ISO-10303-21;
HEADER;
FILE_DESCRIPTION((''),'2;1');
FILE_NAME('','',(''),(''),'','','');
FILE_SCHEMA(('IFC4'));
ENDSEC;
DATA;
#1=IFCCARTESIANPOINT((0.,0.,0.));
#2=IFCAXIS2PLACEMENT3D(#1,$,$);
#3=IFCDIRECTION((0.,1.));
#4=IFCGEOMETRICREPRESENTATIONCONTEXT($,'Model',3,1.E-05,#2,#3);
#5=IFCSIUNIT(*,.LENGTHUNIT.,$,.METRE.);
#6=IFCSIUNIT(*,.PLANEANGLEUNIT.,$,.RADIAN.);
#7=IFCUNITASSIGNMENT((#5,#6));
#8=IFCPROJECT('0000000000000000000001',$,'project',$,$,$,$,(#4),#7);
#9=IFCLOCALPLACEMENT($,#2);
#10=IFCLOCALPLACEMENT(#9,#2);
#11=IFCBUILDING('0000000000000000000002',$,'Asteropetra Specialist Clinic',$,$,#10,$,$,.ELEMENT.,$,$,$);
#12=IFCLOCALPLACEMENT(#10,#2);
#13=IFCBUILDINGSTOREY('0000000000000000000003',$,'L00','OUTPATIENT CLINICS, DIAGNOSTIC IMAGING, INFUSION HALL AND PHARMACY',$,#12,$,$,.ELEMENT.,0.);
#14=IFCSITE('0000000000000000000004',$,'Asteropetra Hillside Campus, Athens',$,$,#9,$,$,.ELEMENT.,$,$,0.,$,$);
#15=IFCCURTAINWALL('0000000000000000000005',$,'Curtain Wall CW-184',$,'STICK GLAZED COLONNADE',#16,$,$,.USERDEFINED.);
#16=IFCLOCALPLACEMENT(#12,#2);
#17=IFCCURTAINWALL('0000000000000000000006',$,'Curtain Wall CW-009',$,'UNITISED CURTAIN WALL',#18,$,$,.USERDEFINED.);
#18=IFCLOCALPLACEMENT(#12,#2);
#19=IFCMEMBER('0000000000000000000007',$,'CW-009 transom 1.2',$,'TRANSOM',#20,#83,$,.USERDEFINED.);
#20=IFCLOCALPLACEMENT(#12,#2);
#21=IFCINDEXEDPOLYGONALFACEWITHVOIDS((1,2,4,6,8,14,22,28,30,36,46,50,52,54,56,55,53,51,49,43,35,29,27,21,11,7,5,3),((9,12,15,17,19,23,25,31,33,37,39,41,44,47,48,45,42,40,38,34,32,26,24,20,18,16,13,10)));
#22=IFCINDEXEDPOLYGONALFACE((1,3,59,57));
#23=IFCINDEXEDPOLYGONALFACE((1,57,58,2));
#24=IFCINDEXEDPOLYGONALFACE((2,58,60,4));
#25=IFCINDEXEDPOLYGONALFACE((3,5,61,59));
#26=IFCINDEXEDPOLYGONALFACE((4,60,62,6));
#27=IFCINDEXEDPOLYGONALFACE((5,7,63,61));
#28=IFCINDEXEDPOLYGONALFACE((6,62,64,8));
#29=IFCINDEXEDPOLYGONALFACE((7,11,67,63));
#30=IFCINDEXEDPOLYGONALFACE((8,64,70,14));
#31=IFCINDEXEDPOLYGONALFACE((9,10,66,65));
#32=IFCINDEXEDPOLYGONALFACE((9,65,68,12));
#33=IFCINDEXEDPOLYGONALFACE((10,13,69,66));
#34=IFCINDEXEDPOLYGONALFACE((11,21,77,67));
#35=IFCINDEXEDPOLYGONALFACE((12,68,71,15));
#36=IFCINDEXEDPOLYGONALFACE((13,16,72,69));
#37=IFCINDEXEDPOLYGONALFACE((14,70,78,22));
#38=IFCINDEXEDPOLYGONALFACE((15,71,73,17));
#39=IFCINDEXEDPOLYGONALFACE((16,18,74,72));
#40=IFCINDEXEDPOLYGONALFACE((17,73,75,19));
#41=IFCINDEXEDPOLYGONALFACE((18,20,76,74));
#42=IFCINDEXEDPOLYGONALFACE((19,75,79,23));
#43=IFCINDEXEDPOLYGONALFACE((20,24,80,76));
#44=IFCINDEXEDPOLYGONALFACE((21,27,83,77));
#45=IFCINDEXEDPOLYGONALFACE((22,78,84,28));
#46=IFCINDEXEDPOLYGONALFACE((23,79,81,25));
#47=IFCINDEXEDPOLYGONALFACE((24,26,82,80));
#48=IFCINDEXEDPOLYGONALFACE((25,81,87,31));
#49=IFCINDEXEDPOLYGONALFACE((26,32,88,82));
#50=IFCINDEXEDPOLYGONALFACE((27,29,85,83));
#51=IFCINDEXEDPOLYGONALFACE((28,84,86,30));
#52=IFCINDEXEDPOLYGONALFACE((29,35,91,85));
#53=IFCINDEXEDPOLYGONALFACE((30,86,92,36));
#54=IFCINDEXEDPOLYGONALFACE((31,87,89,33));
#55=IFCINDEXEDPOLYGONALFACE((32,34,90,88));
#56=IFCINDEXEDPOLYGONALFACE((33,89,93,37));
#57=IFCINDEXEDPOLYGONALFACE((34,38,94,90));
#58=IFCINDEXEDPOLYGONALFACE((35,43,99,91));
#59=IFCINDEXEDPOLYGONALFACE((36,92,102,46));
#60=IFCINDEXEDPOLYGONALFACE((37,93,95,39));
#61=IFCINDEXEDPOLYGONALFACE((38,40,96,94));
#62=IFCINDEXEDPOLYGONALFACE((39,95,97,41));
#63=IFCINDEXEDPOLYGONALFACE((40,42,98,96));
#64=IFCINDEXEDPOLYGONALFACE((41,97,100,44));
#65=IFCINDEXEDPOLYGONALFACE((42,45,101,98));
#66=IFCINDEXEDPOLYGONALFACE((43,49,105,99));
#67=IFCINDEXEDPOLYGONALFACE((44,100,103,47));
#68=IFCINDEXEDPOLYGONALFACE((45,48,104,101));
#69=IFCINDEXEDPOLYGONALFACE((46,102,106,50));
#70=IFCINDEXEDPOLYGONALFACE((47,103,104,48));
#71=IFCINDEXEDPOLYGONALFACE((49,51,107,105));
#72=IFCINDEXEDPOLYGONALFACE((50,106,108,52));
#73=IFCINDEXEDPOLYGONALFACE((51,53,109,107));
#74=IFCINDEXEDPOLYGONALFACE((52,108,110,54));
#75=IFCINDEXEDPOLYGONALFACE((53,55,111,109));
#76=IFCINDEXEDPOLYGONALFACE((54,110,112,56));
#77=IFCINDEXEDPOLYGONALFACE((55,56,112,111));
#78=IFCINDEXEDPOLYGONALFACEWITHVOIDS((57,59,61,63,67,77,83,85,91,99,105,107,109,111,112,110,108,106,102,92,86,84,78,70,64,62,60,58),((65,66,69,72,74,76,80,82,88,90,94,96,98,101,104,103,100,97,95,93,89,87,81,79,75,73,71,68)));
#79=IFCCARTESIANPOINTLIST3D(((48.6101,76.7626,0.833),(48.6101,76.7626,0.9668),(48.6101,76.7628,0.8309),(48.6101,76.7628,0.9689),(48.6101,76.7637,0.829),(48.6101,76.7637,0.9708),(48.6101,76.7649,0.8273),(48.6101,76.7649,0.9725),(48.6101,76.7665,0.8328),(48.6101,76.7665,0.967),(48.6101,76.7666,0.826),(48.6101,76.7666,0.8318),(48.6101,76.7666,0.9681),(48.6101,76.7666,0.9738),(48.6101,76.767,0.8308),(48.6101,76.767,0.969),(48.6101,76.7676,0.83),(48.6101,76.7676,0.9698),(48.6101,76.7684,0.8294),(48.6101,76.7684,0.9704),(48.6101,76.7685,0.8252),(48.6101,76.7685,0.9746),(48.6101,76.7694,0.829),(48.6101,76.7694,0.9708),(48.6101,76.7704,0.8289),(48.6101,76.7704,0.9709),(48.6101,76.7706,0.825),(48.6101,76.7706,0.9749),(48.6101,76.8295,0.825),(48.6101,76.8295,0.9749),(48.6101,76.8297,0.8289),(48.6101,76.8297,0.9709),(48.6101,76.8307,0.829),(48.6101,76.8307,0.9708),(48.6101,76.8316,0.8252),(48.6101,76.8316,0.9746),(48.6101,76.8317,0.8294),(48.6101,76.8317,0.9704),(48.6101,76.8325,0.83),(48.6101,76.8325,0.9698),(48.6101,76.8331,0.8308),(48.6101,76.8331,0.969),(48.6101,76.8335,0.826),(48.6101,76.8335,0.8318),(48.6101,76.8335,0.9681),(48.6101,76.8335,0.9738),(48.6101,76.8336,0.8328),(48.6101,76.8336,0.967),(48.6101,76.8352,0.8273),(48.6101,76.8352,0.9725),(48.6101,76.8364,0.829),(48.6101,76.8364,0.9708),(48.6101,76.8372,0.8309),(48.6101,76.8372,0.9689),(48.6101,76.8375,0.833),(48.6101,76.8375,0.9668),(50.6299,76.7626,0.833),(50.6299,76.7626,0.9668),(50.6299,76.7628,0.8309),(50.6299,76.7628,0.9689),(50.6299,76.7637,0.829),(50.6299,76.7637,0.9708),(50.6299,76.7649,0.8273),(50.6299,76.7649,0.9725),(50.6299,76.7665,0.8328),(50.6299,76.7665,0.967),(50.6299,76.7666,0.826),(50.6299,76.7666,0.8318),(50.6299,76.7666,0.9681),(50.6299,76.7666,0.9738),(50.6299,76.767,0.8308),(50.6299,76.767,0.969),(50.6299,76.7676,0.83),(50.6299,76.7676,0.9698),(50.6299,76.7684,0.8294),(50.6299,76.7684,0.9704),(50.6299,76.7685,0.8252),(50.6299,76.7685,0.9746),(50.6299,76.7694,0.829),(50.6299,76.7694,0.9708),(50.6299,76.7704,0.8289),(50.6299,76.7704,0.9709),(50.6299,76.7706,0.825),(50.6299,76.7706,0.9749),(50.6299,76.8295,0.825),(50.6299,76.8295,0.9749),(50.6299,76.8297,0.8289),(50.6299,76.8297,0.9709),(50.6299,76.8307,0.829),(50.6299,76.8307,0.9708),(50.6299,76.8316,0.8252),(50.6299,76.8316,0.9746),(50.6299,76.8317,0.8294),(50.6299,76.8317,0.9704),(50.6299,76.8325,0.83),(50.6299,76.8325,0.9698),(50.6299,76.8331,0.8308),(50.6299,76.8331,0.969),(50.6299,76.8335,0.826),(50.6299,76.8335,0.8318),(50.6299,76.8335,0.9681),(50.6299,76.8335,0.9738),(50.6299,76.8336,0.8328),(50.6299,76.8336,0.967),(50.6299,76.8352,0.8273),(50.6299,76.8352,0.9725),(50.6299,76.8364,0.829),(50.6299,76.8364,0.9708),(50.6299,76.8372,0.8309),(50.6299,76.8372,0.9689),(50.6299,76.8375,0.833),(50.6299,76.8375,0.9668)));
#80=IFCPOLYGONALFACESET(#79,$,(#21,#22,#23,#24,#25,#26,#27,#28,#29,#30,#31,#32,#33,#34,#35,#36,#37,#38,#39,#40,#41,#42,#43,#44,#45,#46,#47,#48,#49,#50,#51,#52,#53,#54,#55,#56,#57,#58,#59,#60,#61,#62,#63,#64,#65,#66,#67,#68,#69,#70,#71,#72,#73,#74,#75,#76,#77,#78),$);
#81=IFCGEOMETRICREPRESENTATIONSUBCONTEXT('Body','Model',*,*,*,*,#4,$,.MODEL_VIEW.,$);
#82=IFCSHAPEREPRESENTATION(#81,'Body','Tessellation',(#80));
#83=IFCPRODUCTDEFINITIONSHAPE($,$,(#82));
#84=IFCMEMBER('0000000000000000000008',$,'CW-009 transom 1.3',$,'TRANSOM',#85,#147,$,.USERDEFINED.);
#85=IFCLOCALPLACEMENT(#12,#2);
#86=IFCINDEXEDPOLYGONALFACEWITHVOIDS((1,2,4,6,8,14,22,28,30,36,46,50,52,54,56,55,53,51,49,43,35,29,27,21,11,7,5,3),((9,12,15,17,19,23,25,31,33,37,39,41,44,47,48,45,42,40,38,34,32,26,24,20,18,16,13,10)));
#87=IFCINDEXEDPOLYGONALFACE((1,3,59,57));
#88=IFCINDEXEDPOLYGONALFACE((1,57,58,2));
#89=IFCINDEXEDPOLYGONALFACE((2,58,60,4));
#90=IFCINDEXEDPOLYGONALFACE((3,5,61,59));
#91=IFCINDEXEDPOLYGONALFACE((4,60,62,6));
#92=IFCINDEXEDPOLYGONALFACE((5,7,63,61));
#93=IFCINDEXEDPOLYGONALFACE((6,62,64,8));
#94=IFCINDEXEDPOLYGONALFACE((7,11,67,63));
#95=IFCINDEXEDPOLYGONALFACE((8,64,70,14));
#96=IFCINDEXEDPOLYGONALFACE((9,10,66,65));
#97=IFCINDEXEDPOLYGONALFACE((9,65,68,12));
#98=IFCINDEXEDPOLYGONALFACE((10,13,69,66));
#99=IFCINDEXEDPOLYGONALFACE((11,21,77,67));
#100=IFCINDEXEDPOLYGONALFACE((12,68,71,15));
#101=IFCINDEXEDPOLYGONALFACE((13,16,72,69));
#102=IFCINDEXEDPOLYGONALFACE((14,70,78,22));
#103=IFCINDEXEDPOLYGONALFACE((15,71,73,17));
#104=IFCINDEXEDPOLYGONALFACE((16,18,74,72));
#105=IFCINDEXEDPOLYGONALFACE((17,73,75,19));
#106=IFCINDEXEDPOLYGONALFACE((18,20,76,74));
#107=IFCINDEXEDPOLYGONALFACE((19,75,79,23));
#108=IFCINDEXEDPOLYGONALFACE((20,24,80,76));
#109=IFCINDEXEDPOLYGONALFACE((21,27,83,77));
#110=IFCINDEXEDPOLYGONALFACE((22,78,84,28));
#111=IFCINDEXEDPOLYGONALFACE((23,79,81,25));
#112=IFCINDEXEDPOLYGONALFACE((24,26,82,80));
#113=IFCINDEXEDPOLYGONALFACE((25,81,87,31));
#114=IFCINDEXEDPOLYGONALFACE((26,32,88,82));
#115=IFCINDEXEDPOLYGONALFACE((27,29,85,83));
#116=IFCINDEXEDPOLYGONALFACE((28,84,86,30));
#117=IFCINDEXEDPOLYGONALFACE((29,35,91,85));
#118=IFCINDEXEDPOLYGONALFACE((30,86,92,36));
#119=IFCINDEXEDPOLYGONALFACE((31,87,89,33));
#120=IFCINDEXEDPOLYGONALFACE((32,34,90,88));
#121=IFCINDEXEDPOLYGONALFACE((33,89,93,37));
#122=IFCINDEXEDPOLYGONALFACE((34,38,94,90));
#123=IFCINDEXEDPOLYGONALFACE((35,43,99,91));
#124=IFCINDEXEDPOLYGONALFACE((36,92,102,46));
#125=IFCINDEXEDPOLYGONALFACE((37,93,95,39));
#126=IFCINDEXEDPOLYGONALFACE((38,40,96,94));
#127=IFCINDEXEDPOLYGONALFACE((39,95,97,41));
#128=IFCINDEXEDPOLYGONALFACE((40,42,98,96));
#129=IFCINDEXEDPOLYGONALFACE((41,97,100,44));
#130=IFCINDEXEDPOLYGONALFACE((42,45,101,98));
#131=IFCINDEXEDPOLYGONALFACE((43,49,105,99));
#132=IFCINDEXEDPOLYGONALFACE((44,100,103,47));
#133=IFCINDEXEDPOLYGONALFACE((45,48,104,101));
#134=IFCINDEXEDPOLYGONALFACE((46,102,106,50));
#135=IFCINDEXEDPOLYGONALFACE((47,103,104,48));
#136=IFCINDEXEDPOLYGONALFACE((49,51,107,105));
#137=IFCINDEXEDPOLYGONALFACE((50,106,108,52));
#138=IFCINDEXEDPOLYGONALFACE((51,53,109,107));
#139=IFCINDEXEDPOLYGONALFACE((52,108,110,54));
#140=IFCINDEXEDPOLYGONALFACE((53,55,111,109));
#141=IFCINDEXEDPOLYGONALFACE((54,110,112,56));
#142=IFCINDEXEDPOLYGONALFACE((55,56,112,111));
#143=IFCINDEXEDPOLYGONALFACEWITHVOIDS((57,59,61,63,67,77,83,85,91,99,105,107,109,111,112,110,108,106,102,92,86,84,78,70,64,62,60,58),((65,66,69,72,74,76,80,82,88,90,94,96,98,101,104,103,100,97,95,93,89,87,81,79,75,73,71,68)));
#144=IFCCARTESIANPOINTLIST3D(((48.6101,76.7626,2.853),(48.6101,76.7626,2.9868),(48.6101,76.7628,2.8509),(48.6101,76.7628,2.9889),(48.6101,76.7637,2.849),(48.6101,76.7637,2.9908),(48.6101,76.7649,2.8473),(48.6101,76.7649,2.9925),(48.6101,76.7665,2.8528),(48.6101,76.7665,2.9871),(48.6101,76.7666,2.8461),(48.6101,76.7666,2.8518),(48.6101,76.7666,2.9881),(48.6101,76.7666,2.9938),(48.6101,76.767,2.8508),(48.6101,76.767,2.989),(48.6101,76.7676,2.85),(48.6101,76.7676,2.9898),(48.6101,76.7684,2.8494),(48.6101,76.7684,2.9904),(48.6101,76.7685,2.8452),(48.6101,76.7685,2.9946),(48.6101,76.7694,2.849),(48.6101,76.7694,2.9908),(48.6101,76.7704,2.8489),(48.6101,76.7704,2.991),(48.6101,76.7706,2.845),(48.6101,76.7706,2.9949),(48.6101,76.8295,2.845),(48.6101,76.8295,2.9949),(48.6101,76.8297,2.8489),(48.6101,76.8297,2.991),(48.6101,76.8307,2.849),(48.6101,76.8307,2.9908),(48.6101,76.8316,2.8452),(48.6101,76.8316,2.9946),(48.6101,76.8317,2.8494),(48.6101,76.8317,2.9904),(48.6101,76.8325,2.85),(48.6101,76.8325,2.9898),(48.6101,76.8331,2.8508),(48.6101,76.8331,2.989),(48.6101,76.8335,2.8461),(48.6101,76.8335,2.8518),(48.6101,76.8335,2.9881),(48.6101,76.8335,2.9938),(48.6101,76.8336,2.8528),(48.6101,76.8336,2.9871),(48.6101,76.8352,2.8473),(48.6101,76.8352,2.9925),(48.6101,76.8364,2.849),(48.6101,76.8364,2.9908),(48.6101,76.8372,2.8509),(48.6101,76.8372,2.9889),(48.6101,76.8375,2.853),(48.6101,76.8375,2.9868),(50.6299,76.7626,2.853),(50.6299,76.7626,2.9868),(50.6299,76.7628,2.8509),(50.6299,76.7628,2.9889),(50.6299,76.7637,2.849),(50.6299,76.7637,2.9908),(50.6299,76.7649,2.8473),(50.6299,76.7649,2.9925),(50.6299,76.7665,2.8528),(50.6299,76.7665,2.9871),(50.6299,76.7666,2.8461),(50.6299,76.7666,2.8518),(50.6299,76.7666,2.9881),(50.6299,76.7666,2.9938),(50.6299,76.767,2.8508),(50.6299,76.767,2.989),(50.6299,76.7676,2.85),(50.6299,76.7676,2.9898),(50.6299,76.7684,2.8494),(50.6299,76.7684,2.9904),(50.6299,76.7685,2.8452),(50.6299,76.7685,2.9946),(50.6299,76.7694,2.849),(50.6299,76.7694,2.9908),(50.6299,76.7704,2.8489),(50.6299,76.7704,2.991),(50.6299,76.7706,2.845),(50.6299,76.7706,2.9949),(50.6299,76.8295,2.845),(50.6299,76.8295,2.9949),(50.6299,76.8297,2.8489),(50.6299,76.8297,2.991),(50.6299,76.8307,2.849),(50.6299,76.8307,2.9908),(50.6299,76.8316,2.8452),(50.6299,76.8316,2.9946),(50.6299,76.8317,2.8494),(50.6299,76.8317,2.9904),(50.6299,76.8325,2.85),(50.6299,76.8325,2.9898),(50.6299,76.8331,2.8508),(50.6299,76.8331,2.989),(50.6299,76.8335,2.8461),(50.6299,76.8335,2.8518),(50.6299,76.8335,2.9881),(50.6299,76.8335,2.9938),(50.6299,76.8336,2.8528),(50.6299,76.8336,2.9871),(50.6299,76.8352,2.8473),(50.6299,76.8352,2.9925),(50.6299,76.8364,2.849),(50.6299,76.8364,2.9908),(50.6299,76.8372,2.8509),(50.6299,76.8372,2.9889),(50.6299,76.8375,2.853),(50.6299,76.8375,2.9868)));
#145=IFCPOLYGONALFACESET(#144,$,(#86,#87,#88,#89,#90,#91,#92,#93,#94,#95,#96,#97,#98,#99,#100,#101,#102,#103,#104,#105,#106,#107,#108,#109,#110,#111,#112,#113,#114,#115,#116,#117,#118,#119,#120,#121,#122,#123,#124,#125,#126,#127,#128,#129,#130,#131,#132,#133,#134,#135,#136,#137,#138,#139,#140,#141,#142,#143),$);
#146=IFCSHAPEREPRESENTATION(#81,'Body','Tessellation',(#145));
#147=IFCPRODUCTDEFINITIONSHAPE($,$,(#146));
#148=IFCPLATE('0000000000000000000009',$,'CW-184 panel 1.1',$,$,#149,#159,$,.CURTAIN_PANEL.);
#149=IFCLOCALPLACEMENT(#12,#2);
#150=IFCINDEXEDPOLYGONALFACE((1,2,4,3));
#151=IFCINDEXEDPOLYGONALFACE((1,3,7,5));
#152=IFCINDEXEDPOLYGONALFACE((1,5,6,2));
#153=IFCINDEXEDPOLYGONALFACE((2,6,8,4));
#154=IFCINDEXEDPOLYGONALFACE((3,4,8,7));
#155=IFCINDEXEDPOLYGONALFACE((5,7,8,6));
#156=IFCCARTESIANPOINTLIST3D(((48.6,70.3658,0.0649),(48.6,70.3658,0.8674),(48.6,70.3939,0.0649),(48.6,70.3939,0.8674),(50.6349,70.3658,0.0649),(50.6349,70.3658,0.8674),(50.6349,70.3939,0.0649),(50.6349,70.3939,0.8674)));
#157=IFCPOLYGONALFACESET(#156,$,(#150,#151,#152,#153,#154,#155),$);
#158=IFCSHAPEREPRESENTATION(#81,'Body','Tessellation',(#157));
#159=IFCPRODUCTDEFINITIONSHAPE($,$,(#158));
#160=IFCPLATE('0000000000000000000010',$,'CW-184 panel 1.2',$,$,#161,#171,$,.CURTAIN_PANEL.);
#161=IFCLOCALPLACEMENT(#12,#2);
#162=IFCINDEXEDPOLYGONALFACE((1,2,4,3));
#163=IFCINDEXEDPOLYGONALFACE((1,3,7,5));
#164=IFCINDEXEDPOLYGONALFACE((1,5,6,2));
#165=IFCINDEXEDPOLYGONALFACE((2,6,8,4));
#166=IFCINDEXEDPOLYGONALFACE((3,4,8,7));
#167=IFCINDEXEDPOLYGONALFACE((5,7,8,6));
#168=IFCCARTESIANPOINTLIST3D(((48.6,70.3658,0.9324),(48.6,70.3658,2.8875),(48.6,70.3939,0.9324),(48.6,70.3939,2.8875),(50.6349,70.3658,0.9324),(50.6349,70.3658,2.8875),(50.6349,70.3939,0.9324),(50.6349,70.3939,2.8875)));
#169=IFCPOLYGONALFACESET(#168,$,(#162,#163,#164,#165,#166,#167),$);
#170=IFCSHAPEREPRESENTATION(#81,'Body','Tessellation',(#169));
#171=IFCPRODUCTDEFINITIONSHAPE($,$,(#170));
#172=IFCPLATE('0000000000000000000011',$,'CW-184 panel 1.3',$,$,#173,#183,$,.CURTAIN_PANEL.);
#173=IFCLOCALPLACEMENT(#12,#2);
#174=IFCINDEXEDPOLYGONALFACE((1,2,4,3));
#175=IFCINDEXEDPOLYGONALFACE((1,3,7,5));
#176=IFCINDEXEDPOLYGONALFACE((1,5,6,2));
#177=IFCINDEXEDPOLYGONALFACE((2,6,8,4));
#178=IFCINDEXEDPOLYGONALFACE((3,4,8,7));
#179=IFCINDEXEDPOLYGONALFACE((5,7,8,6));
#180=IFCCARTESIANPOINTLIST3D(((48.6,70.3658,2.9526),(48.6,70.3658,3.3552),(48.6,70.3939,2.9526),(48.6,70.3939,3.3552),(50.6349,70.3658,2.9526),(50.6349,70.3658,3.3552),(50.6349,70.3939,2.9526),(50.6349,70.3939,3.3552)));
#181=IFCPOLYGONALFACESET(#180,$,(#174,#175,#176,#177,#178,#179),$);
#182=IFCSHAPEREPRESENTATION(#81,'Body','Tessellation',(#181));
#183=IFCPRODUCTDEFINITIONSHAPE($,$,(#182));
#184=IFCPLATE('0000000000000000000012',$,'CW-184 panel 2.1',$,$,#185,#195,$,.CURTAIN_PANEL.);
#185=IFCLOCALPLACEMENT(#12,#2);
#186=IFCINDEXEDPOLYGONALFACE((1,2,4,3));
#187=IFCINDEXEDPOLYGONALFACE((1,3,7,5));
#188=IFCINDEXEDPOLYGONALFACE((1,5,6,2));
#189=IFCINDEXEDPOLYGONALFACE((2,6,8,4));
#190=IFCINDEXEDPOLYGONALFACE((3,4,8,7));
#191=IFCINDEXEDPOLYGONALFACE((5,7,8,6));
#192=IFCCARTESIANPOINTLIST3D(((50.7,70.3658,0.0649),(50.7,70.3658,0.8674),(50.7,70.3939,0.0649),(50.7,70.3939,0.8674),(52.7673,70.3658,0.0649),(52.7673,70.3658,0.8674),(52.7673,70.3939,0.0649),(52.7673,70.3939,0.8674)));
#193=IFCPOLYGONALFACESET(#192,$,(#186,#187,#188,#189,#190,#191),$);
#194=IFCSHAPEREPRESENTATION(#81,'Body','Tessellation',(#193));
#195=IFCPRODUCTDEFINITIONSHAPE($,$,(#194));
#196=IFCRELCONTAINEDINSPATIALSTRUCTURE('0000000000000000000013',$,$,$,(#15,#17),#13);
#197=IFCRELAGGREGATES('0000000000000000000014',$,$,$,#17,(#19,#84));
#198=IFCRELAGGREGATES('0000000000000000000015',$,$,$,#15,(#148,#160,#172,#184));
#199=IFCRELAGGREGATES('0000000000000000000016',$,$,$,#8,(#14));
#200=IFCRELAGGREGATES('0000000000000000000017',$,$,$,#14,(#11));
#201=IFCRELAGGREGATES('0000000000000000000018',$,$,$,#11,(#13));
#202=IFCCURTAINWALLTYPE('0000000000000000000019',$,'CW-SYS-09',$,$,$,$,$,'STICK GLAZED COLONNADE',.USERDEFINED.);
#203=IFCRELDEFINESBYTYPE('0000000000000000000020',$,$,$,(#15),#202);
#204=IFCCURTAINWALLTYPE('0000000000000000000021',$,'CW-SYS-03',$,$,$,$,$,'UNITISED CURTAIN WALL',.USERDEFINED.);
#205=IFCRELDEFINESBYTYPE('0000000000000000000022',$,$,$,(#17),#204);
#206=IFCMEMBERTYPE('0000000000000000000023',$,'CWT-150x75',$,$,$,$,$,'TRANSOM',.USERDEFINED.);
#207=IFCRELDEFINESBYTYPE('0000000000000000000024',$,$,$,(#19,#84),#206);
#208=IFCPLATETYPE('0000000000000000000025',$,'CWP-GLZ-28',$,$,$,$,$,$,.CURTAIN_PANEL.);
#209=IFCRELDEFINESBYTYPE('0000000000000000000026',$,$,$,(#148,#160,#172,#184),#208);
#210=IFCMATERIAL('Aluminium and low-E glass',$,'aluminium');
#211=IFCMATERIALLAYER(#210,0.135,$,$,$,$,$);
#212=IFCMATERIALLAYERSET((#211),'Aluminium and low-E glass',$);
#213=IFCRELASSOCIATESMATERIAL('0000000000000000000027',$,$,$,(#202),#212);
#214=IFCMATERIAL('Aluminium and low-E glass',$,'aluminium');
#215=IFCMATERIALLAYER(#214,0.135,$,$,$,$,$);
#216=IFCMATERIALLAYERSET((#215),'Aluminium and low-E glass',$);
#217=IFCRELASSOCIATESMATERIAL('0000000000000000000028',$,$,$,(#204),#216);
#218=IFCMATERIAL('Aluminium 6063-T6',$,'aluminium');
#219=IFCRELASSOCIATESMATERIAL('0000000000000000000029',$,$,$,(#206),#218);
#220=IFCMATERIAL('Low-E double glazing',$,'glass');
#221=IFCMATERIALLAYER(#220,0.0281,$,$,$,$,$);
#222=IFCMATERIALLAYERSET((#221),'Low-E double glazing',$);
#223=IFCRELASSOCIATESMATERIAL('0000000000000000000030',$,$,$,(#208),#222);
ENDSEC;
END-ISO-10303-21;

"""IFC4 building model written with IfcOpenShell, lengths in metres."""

from ifc_helpers import new_model, si_unit, direction, frame, origin, origin_2d, place, context, subcontext, project, spatial, rectangle, hollow_rectangle, extrude, material, layer, layer_set, material_profile, profile_set, type_object, element, aggregate, save


model = new_model("IFC4")

# Units and contexts
model_context = context("Model", 3, precision=1e-05, world=origin(), true_north=direction((0.0, 1.0)))
body_context = subcontext(model_context, "Body", "Model", "MODEL_VIEW")
ifc_project = project(units=[si_unit("LENGTHUNIT", "METRE"), si_unit("PLANEANGLEUNIT", "RADIAN")], contexts=[model_context])

# Site, building, storey
site_placement = place(None, origin())
site = spatial("IfcSite", under=ifc_project, at=site_placement, Name="Asteropetra Hillside Campus, Athens", CompositionType="ELEMENT", RefElevation=0.0)
building_placement = place(site_placement, origin())
building = spatial("IfcBuilding", under=site, at=building_placement, Name="Asteropetra Specialist Clinic", CompositionType="ELEMENT")
storey_placement = place(building_placement, origin())
storey = spatial("IfcBuildingStorey", under=building, at=storey_placement, Name="L00", Description="OUTPATIENT CLINICS, DIAGNOSTIC IMAGING, INFUSION HALL AND PHARMACY", CompositionType="ELEMENT", Elevation=0.0)

# Curtain wall
ifc_material_1 = material(Name="Aluminium and low-E glass", Category="aluminium")
ifc_layer_1 = layer(ifc_material_1, 0.135)
ifc_layer_set_1 = layer_set([ifc_layer_1], Name="Aluminium and low-E glass")
curtain_wall_type_1 = type_object("IfcCurtainWallType", Name="CW-SYS-09", ElementType="STICK GLAZED COLONNADE", PredefinedType="USERDEFINED", material=ifc_layer_set_1)
curtain_wall_1_placement = place(storey_placement, origin())
curtain_wall_1 = element("IfcCurtainWall", 1, at=curtain_wall_1_placement, inside=storey, type_object=curtain_wall_type_1, Name="Curtain Wall CW-184", ObjectType="STICK GLAZED COLONNADE", PredefinedType="USERDEFINED")

# Curtain wall
ifc_material_2 = material(Name="Aluminium and low-E glass", Category="aluminium")
ifc_layer_2 = layer(ifc_material_2, 0.135)
ifc_layer_set_2 = layer_set([ifc_layer_2], Name="Aluminium and low-E glass")
curtain_wall_type_2 = type_object("IfcCurtainWallType", Name="CW-SYS-03", ElementType="UNITISED CURTAIN WALL", PredefinedType="USERDEFINED", material=ifc_layer_set_2)
curtain_wall_2_placement = place(storey_placement, origin())
curtain_wall_2 = element("IfcCurtainWall", 2, at=curtain_wall_2_placement, inside=storey, type_object=curtain_wall_type_2, Name="Curtain Wall CW-009", ObjectType="UNITISED CURTAIN WALL", PredefinedType="USERDEFINED")

# Members
ifc_material_3 = material(Name="Aluminium 6063-T6", Category="aluminium")
ifc_material_profile_1 = material_profile(ifc_material_3, hollow_rectangle(XDim=0.075, YDim=0.1499, WallThickness=0.0039, InnerFilletRadius=0.0039, OuterFilletRadius=0.0081, at=origin_2d()), Name="TRN 150x75x4.0")
ifc_profile_set_1 = profile_set([ifc_material_profile_1], Name="Aluminium 6063-T6")
member_type_1 = type_object("IfcMemberType", Name="CWT-150x75", ElementType="TRANSOM", PredefinedType="USERDEFINED", material=ifc_profile_set_1)
member_1_placement = place(storey_placement, frame((48.6101, 76.8, 0.8999), z_axis=(1.0, 0.0, 0.0), x_axis=(0.0, 1.0, 0.0)))
member_1 = element("IfcMember", 3, at=member_1_placement, type_object=member_type_1, Name="CW-009 transom 1.2", ObjectType="TRANSOM", PredefinedType="USERDEFINED", context=body_context, shape_type="SweptSolid", body=[
    extrude(hollow_rectangle(XDim=0.075, YDim=0.1499, WallThickness=0.0039, InnerFilletRadius=0.0039, OuterFilletRadius=0.0081, at=origin_2d()), origin(), (0.0, 0.0, 1.0), 2.0198),
])
member_2_placement = place(storey_placement, frame((48.6101, 76.8, 2.9199), z_axis=(1.0, 0.0, 0.0), x_axis=(0.0, 1.0, 0.0)))
member_2 = element("IfcMember", 4, at=member_2_placement, type_object=member_type_1, Name="CW-009 transom 1.3", ObjectType="TRANSOM", PredefinedType="USERDEFINED", context=body_context, shape_type="SweptSolid", body=[
    extrude(hollow_rectangle(XDim=0.075, YDim=0.1499, WallThickness=0.0039, InnerFilletRadius=0.0039, OuterFilletRadius=0.0081, at=origin_2d()), origin(), (0.0, 0.0, 1.0), 2.0198),
])
aggregate(curtain_wall_2, [member_1, member_2])

# Plates
ifc_material_4 = material(Name="Low-E double glazing", Category="glass")
ifc_layer_3 = layer(ifc_material_4, 0.0281)
ifc_layer_set_3 = layer_set([ifc_layer_3], Name="Low-E double glazing")
plate_type = type_object("IfcPlateType", Name="CWP-GLZ-28", PredefinedType="CURTAIN_PANEL", material=ifc_layer_set_3)
plate_1_placement = place(storey_placement, frame((49.6174, 70.3799, 0.0649), z_axis=(0.0, 0.0, 1.0), x_axis=(1.0, 0.0, 0.0)))
plate_1 = element("IfcPlate", 5, at=plate_1_placement, type_object=plate_type, Name="CW-184 panel 1.1", PredefinedType="CURTAIN_PANEL", context=body_context, shape_type="SweptSolid", body=[
    extrude(rectangle(XDim=2.0349, YDim=0.0281, at=origin_2d()), origin(), (0.0, 0.0, 1.0), 0.8025),
])
plate_2_placement = place(storey_placement, frame((49.6174, 70.3799, 0.9324), z_axis=(0.0, 0.0, 1.0), x_axis=(1.0, 0.0, 0.0)))
plate_2 = element("IfcPlate", 6, at=plate_2_placement, type_object=plate_type, Name="CW-184 panel 1.2", PredefinedType="CURTAIN_PANEL", context=body_context, shape_type="SweptSolid", body=[
    extrude(rectangle(XDim=2.0349, YDim=0.0281, at=origin_2d()), origin(), (0.0, 0.0, 1.0), 1.9551),
])
plate_3_placement = place(storey_placement, frame((49.6174, 70.3799, 2.9526), z_axis=(0.0, 0.0, 1.0), x_axis=(1.0, 0.0, 0.0)))
plate_3 = element("IfcPlate", 7, at=plate_3_placement, type_object=plate_type, Name="CW-184 panel 1.3", PredefinedType="CURTAIN_PANEL", context=body_context, shape_type="SweptSolid", body=[
    extrude(rectangle(XDim=2.0349, YDim=0.0281, at=origin_2d()), origin(), (0.0, 0.0, 1.0), 0.4026),
])
plate_4_placement = place(storey_placement, frame((51.7336, 70.3799, 0.0649), z_axis=(0.0, 0.0, 1.0), x_axis=(1.0, 0.0, 0.0)))
plate_4 = element("IfcPlate", 8, at=plate_4_placement, type_object=plate_type, Name="CW-184 panel 2.1", PredefinedType="CURTAIN_PANEL", context=body_context, shape_type="SweptSolid", body=[
    extrude(rectangle(XDim=2.0674, YDim=0.0281, at=origin_2d()), origin(), (0.0, 0.0, 1.0), 0.8025),
])
aggregate(curtain_wall_1, [plate_1, plate_2, plate_3, plate_4])

save(model, "model.ifc")
